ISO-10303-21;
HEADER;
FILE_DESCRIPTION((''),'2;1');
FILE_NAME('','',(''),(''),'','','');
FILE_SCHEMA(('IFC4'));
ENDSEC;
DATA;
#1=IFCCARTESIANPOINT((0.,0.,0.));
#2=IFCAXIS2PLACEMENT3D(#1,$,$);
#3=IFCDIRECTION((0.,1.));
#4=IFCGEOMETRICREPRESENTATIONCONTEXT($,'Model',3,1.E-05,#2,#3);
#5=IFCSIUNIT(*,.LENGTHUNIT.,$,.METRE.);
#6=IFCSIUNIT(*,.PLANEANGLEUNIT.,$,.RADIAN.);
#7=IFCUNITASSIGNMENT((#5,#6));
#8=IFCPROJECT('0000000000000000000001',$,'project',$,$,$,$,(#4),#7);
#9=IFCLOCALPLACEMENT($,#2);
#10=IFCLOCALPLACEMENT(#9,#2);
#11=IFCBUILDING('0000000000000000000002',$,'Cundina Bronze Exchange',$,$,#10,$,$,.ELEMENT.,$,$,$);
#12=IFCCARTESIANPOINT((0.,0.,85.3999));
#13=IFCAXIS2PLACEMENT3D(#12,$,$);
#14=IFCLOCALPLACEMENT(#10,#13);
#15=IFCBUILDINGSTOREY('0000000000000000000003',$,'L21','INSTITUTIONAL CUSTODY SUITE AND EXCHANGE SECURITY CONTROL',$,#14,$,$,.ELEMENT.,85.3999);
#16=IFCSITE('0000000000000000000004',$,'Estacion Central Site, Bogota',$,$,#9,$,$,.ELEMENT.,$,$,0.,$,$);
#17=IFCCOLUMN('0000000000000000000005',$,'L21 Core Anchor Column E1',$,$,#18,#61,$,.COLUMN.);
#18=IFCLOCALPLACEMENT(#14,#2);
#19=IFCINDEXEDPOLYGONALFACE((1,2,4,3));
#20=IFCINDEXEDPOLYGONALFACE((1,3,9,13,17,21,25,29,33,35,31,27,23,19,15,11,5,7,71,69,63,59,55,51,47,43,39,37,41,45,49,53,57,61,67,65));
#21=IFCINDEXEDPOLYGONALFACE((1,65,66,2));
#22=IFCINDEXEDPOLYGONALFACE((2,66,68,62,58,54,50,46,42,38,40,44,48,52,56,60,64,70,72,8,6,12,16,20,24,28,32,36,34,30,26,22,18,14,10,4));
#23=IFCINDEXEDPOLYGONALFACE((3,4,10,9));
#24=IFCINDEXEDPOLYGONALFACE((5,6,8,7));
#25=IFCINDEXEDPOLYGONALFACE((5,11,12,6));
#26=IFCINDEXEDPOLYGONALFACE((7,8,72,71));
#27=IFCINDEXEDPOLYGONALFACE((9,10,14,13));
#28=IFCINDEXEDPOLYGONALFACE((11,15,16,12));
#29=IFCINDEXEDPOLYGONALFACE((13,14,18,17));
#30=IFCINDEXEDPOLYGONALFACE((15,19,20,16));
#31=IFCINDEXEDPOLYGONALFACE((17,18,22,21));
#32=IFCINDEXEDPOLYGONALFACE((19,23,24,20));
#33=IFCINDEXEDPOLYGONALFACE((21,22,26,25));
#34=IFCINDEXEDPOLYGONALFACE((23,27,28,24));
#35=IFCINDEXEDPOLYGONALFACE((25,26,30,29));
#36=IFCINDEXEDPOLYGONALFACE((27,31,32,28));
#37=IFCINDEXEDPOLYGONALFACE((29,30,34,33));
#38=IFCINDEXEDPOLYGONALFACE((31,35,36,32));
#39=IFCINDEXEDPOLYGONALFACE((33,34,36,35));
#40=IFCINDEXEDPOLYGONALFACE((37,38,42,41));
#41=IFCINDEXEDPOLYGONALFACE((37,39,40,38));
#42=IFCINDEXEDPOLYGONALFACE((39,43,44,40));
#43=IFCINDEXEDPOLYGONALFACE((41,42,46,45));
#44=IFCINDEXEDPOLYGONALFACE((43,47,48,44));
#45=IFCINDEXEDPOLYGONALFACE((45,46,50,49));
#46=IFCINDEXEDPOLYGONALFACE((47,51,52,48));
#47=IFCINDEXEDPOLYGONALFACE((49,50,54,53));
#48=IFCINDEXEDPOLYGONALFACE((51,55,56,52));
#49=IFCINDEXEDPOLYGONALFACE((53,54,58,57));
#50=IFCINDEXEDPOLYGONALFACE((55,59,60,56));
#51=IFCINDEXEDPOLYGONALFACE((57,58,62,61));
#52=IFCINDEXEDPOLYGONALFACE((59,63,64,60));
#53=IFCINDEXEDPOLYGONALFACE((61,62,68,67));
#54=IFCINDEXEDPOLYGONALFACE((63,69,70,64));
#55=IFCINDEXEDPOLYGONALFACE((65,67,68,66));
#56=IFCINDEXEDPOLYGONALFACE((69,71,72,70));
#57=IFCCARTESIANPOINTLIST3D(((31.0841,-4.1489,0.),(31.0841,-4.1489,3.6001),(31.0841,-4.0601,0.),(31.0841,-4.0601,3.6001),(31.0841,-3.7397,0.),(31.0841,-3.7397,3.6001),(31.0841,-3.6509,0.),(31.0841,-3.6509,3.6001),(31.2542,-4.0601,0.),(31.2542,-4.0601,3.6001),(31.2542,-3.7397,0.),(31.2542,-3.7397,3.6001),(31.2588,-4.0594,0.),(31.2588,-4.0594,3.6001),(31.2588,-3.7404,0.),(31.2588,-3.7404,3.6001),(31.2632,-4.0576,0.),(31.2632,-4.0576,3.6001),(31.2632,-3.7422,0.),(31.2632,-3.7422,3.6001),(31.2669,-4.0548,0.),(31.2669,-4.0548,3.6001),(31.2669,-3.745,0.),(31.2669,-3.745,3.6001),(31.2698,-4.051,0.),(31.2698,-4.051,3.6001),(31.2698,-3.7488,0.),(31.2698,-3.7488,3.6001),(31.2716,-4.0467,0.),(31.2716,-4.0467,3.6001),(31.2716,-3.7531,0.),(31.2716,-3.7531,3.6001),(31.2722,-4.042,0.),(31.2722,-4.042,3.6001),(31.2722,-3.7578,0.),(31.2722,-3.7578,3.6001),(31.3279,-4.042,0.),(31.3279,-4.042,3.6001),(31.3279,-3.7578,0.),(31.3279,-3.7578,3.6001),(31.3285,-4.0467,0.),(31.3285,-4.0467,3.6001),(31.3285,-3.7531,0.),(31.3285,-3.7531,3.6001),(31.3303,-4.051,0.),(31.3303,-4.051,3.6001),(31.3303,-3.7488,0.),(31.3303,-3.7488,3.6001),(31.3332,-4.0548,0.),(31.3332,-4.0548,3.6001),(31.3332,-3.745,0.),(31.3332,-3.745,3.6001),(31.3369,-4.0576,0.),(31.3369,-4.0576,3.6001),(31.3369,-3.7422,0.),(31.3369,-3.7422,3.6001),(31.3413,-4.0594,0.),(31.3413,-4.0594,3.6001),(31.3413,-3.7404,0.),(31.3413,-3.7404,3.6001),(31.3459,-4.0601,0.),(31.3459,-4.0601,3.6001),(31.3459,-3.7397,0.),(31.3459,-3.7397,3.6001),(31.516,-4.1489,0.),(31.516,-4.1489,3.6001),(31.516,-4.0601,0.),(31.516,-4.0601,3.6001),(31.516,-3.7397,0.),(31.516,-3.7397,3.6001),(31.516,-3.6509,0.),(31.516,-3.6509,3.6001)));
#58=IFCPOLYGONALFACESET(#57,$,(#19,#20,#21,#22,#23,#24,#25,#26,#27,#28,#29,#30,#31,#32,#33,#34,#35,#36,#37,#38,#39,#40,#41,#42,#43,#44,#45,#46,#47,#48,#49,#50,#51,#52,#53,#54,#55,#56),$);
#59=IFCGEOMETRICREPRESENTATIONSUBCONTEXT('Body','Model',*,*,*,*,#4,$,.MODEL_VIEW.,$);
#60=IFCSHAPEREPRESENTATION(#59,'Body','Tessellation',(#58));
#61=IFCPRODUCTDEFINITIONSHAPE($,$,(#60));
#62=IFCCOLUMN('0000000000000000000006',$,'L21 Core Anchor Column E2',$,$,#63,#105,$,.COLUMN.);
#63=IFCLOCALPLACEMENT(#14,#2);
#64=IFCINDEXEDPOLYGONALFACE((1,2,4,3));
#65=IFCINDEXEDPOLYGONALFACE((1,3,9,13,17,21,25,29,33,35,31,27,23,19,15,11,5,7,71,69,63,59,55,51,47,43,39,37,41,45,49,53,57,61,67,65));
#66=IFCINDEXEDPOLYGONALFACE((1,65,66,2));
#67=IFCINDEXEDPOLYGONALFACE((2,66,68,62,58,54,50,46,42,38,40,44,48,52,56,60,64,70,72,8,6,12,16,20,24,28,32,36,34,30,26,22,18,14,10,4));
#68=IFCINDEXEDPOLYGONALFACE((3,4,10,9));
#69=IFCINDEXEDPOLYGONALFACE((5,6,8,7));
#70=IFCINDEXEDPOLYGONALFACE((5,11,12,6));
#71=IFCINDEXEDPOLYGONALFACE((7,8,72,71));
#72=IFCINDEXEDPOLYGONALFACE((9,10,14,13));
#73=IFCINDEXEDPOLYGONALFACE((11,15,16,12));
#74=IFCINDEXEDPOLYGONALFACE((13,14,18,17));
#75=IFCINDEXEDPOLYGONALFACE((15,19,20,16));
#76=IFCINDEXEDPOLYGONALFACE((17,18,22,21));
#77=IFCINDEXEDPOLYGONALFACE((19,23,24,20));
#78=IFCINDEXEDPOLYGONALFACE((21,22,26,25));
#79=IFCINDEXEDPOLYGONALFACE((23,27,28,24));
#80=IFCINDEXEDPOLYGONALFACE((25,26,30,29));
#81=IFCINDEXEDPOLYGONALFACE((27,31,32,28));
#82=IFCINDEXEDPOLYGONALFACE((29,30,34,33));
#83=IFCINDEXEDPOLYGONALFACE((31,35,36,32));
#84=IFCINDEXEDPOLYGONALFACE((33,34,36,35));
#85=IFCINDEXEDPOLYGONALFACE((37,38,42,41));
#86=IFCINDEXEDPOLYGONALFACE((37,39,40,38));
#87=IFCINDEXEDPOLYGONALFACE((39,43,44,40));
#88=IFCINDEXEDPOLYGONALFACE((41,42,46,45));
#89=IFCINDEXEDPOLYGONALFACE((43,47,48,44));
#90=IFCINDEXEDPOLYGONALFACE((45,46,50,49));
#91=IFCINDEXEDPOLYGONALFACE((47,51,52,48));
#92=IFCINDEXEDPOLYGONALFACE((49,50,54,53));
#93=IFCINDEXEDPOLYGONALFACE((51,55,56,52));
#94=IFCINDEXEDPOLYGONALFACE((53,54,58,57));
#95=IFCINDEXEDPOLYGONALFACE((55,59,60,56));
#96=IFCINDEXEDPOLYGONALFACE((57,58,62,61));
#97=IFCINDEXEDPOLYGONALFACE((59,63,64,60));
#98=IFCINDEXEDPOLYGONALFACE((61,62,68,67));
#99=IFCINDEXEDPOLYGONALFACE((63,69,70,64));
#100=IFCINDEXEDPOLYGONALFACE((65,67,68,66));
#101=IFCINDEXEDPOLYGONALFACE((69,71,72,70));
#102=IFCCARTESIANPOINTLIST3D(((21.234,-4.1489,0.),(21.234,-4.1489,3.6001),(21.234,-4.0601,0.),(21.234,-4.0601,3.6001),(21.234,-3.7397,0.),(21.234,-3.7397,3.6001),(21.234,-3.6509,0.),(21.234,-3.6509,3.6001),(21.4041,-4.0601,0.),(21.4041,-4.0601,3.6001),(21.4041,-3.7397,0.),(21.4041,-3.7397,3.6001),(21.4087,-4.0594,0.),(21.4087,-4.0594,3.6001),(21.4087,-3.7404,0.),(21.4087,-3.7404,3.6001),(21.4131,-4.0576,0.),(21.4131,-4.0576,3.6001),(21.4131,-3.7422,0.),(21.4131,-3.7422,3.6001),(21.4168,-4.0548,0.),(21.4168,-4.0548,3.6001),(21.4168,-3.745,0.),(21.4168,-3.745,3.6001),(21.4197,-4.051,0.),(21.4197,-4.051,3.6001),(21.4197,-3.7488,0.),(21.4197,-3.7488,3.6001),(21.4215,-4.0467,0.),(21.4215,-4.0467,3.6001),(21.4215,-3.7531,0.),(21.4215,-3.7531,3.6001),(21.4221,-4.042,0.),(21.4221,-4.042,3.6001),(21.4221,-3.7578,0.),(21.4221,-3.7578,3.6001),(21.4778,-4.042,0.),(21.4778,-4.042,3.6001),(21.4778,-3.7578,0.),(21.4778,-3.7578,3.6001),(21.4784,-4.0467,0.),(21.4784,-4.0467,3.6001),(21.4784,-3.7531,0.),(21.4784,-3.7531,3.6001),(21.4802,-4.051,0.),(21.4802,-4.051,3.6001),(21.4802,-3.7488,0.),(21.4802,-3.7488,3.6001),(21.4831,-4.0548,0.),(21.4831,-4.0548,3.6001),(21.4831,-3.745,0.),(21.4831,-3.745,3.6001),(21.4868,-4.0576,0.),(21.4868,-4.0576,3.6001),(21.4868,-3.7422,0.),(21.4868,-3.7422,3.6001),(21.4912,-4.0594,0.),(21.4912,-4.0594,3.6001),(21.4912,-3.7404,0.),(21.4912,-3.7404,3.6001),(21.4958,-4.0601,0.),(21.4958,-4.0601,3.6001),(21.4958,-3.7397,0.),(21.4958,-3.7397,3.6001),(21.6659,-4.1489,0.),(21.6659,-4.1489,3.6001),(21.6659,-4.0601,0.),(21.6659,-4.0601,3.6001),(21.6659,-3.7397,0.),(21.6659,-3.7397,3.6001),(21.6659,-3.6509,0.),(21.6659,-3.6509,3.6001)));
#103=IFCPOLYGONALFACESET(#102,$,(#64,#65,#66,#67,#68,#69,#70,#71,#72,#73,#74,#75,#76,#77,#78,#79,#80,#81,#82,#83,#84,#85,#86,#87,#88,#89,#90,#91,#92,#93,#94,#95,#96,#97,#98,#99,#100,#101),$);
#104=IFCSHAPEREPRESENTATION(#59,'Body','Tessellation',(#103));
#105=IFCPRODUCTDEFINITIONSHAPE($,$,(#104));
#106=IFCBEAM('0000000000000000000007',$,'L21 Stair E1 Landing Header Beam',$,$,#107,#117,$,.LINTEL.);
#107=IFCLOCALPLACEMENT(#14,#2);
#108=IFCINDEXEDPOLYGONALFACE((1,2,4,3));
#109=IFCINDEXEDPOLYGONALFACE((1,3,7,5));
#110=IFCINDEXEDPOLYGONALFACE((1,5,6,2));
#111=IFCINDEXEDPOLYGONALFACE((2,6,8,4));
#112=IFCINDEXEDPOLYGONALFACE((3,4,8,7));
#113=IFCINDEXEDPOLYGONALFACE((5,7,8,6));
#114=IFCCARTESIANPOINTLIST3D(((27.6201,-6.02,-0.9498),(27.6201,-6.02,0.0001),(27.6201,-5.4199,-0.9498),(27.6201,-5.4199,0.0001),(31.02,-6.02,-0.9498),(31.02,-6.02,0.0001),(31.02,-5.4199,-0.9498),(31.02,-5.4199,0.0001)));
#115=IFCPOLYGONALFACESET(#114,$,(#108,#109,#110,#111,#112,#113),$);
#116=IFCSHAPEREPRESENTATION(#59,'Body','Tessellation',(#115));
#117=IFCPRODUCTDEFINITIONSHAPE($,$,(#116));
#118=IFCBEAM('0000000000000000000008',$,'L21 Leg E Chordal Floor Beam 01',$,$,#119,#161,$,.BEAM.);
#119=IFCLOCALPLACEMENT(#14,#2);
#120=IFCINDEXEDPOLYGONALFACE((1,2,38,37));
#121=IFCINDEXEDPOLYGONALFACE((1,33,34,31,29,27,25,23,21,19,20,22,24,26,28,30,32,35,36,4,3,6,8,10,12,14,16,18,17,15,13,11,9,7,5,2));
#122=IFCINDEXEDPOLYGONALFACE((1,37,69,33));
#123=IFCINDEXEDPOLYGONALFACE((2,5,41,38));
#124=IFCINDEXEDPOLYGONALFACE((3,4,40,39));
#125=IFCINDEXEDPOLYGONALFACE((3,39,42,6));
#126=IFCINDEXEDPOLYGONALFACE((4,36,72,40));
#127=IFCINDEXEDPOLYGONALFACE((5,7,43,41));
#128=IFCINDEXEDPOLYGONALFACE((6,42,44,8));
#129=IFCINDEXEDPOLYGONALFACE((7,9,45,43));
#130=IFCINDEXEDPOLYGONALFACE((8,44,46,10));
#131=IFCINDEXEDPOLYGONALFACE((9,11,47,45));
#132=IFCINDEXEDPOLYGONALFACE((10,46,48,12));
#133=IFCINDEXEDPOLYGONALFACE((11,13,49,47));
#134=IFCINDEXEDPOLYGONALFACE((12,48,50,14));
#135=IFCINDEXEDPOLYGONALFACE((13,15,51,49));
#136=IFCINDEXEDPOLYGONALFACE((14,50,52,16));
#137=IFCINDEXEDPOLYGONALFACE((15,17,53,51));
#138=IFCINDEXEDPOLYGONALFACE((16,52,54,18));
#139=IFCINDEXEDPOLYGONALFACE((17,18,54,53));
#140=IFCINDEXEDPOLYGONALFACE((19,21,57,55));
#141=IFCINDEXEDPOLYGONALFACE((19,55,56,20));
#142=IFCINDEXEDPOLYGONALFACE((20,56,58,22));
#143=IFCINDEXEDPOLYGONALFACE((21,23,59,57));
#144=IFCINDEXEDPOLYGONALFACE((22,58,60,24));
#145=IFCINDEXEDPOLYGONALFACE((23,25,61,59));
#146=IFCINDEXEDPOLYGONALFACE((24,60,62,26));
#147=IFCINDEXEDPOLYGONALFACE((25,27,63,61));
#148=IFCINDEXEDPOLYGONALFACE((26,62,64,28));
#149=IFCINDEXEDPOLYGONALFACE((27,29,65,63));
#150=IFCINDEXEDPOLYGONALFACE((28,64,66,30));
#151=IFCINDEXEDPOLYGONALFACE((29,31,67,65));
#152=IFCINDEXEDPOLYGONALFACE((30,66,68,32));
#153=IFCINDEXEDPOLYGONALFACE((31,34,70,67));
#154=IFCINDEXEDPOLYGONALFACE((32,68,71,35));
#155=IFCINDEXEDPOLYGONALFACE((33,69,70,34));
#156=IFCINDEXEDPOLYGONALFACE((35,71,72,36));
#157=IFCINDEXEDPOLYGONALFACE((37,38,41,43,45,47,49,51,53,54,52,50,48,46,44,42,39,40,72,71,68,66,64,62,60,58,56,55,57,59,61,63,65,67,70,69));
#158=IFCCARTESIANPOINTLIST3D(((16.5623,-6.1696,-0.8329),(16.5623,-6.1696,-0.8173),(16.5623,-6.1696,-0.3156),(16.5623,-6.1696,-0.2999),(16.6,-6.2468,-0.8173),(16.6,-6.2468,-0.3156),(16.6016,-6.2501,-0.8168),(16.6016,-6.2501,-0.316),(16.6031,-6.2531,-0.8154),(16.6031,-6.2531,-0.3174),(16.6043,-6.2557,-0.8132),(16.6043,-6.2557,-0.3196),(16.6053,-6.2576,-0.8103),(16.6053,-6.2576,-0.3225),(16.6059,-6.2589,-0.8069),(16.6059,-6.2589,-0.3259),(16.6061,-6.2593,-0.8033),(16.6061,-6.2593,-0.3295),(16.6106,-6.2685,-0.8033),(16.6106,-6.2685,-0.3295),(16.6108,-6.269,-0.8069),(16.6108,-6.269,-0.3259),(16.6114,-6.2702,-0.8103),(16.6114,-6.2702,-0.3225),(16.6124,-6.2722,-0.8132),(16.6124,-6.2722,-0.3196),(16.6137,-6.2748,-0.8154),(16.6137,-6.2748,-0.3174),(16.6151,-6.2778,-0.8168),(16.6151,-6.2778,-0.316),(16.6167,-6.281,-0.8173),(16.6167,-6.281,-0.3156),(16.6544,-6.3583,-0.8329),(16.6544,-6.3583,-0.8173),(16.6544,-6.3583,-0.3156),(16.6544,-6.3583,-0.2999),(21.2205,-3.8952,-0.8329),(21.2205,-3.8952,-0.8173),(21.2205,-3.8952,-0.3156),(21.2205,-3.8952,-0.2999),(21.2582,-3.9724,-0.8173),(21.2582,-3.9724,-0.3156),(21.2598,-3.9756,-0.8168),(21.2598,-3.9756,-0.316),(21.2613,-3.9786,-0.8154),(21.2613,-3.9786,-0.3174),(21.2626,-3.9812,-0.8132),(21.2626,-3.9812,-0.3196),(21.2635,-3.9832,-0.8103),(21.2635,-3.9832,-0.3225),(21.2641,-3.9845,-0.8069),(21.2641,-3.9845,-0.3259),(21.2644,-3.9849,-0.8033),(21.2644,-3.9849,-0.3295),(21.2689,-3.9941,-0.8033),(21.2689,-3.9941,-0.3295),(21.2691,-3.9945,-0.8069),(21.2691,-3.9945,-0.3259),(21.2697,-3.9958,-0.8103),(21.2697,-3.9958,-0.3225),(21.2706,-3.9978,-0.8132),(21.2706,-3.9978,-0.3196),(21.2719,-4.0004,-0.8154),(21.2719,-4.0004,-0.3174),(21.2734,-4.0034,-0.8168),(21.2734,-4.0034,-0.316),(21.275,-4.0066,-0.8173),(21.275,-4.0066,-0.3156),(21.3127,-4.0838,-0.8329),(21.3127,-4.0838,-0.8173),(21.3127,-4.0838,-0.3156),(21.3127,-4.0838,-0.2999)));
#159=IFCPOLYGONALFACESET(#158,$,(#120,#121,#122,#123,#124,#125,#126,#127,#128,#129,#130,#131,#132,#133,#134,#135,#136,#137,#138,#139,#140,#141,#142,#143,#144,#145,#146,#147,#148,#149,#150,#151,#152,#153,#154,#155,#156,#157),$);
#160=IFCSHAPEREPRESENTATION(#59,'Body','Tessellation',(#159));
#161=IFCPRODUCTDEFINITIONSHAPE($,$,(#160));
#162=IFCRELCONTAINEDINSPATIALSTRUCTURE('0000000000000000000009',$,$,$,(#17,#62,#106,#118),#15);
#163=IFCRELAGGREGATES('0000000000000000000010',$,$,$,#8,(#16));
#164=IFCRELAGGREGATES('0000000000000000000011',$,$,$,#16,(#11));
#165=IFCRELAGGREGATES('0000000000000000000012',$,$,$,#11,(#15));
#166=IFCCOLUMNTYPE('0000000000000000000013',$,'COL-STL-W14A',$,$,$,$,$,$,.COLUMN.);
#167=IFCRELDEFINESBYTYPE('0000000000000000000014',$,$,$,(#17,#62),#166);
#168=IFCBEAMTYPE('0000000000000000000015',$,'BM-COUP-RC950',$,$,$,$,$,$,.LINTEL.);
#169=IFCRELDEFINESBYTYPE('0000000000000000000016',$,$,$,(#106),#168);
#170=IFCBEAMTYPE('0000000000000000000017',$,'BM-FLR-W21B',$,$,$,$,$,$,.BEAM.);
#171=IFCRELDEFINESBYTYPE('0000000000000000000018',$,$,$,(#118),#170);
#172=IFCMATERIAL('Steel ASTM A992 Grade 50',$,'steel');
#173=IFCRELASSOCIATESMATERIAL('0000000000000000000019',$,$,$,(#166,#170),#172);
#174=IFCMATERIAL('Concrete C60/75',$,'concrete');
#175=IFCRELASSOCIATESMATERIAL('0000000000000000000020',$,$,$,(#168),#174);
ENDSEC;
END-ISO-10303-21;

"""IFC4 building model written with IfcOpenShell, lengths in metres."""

from ifc_helpers import new_model, si_unit, direction, frame, origin, origin_2d, place, context, subcontext, project, spatial, rectangle, i_section, extrude, material, material_profile, profile_set, type_object, element, save


model = new_model("IFC4")

# Units and contexts
model_context = context("Model", 3, precision=1e-05, world=origin(), true_north=direction((0.0, 1.0)))
body_context = subcontext(model_context, "Body", "Model", "MODEL_VIEW")
ifc_project = project(units=[si_unit("LENGTHUNIT", "METRE"), si_unit("PLANEANGLEUNIT", "RADIAN")], contexts=[model_context])

# Site, building, storey
site_placement = place(None, origin())
site = spatial("IfcSite", under=ifc_project, at=site_placement, Name="Estacion Central Site, Bogota", CompositionType="ELEMENT", RefElevation=0.0)
building_placement = place(site_placement, origin())
building = spatial("IfcBuilding", under=site, at=building_placement, Name="Cundina Bronze Exchange", CompositionType="ELEMENT")
storey_placement = place(building_placement, frame((0.0, 0.0, 85.3999)))
storey = spatial("IfcBuildingStorey", under=building, at=storey_placement, Name="L21", Description="INSTITUTIONAL CUSTODY SUITE AND EXCHANGE SECURITY CONTROL", CompositionType="ELEMENT", Elevation=85.3999)

# Columns
ifc_material_1 = material(Name="Steel ASTM A992 Grade 50", Category="steel")
ifc_material_profile_1 = material_profile(ifc_material_1, i_section(OverallWidth=0.4319, OverallDepth=0.498, WebThickness=0.0557, FlangeThickness=0.0889, FilletRadius=0.0181, at=origin_2d()), Name="W14X500", Category="steel")
ifc_profile_set_1 = profile_set([ifc_material_profile_1], Name="Steel ASTM A992 Grade 50")
column_type = type_object("IfcColumnType", Name="COL-STL-W14A", PredefinedType="COLUMN", material=ifc_profile_set_1)
for number, where, z_axis, x_axis, name in (
    (1, (31.3, -3.8999, 0.0), (0.0, 0.0, 1.0), (1.0, 0.0, 0.0), "L21 Core Anchor Column E1"),
    (2, (21.45, -3.8999, 0.0), (0.0, 0.0, 1.0), (1.0, 0.0, 0.0), "L21 Core Anchor Column E2"),
):
    element("IfcColumn", number, at=place(storey_placement, frame(where, z_axis=z_axis, x_axis=x_axis)), inside=storey, type_object=column_type, Name=name, PredefinedType="COLUMN", context=body_context, shape_type="SweptSolid", body=[
        extrude(i_section(OverallWidth=0.4319, OverallDepth=0.498, WebThickness=0.0557, FlangeThickness=0.0889, FilletRadius=0.0181, at=origin_2d()), origin(), (0.0, 0.0, 1.0), 3.6001),
    ])

# Beams
ifc_material_2 = material(Name="Concrete C60/75", Category="concrete")
ifc_material_profile_2 = material_profile(ifc_material_2, rectangle(XDim=0.6001, YDim=0.95, at=origin_2d()), Name="RC600X950", Category="concrete")
ifc_profile_set_2 = profile_set([ifc_material_profile_2], Name="Concrete C60/75")
beam_type_1 = type_object("IfcBeamType", Name="BM-COUP-RC950", PredefinedType="LINTEL", material=ifc_profile_set_2)
beam_1_placement = place(storey_placement, frame((27.6201, -5.72, -0.4749), z_axis=(1.0, 0.0, 0.0), x_axis=(0.0, 1.0, 0.0)))
element("IfcBeam", 3, at=beam_1_placement, inside=storey, type_object=beam_type_1, Name="L21 Stair E1 Landing Header Beam", PredefinedType="LINTEL", context=body_context, shape_type="SweptSolid", body=[
    extrude(rectangle(XDim=0.6001, YDim=0.95, at=origin_2d()), origin(), (0.0, 0.0, 1.0), 3.3999),
])
ifc_material_profile_3 = material_profile(ifc_material_1, i_section(OverallWidth=0.21, OverallDepth=0.533, WebThickness=0.0103, FlangeThickness=0.0156, FilletRadius=0.0139, at=origin_2d()), Name="W21X62", Category="steel")
ifc_profile_set_3 = profile_set([ifc_material_profile_3], Name="Steel ASTM A992 Grade 50")
beam_type_2 = type_object("IfcBeamType", Name="BM-FLR-W21B", PredefinedType="BEAM", material=ifc_profile_set_3)
beam_2_placement = place(storey_placement, frame((21.2666, -3.9895, -0.5664), z_axis=(-0.898607, -0.438754, 0.0), x_axis=(0.438754, -0.898607, 0.0)))
element("IfcBeam", 4, at=beam_2_placement, inside=storey, type_object=beam_type_2, Name="L21 Leg E Chordal Floor Beam 01", PredefinedType="BEAM", context=body_context, shape_type="SweptSolid", body=[
    extrude(i_section(OverallWidth=0.21, OverallDepth=0.533, WebThickness=0.0103, FlangeThickness=0.0156, FilletRadius=0.0139, at=origin_2d()), origin(), (0.0, 0.0, 1.0), 5.1838),
])

save(model, "model.ifc")
